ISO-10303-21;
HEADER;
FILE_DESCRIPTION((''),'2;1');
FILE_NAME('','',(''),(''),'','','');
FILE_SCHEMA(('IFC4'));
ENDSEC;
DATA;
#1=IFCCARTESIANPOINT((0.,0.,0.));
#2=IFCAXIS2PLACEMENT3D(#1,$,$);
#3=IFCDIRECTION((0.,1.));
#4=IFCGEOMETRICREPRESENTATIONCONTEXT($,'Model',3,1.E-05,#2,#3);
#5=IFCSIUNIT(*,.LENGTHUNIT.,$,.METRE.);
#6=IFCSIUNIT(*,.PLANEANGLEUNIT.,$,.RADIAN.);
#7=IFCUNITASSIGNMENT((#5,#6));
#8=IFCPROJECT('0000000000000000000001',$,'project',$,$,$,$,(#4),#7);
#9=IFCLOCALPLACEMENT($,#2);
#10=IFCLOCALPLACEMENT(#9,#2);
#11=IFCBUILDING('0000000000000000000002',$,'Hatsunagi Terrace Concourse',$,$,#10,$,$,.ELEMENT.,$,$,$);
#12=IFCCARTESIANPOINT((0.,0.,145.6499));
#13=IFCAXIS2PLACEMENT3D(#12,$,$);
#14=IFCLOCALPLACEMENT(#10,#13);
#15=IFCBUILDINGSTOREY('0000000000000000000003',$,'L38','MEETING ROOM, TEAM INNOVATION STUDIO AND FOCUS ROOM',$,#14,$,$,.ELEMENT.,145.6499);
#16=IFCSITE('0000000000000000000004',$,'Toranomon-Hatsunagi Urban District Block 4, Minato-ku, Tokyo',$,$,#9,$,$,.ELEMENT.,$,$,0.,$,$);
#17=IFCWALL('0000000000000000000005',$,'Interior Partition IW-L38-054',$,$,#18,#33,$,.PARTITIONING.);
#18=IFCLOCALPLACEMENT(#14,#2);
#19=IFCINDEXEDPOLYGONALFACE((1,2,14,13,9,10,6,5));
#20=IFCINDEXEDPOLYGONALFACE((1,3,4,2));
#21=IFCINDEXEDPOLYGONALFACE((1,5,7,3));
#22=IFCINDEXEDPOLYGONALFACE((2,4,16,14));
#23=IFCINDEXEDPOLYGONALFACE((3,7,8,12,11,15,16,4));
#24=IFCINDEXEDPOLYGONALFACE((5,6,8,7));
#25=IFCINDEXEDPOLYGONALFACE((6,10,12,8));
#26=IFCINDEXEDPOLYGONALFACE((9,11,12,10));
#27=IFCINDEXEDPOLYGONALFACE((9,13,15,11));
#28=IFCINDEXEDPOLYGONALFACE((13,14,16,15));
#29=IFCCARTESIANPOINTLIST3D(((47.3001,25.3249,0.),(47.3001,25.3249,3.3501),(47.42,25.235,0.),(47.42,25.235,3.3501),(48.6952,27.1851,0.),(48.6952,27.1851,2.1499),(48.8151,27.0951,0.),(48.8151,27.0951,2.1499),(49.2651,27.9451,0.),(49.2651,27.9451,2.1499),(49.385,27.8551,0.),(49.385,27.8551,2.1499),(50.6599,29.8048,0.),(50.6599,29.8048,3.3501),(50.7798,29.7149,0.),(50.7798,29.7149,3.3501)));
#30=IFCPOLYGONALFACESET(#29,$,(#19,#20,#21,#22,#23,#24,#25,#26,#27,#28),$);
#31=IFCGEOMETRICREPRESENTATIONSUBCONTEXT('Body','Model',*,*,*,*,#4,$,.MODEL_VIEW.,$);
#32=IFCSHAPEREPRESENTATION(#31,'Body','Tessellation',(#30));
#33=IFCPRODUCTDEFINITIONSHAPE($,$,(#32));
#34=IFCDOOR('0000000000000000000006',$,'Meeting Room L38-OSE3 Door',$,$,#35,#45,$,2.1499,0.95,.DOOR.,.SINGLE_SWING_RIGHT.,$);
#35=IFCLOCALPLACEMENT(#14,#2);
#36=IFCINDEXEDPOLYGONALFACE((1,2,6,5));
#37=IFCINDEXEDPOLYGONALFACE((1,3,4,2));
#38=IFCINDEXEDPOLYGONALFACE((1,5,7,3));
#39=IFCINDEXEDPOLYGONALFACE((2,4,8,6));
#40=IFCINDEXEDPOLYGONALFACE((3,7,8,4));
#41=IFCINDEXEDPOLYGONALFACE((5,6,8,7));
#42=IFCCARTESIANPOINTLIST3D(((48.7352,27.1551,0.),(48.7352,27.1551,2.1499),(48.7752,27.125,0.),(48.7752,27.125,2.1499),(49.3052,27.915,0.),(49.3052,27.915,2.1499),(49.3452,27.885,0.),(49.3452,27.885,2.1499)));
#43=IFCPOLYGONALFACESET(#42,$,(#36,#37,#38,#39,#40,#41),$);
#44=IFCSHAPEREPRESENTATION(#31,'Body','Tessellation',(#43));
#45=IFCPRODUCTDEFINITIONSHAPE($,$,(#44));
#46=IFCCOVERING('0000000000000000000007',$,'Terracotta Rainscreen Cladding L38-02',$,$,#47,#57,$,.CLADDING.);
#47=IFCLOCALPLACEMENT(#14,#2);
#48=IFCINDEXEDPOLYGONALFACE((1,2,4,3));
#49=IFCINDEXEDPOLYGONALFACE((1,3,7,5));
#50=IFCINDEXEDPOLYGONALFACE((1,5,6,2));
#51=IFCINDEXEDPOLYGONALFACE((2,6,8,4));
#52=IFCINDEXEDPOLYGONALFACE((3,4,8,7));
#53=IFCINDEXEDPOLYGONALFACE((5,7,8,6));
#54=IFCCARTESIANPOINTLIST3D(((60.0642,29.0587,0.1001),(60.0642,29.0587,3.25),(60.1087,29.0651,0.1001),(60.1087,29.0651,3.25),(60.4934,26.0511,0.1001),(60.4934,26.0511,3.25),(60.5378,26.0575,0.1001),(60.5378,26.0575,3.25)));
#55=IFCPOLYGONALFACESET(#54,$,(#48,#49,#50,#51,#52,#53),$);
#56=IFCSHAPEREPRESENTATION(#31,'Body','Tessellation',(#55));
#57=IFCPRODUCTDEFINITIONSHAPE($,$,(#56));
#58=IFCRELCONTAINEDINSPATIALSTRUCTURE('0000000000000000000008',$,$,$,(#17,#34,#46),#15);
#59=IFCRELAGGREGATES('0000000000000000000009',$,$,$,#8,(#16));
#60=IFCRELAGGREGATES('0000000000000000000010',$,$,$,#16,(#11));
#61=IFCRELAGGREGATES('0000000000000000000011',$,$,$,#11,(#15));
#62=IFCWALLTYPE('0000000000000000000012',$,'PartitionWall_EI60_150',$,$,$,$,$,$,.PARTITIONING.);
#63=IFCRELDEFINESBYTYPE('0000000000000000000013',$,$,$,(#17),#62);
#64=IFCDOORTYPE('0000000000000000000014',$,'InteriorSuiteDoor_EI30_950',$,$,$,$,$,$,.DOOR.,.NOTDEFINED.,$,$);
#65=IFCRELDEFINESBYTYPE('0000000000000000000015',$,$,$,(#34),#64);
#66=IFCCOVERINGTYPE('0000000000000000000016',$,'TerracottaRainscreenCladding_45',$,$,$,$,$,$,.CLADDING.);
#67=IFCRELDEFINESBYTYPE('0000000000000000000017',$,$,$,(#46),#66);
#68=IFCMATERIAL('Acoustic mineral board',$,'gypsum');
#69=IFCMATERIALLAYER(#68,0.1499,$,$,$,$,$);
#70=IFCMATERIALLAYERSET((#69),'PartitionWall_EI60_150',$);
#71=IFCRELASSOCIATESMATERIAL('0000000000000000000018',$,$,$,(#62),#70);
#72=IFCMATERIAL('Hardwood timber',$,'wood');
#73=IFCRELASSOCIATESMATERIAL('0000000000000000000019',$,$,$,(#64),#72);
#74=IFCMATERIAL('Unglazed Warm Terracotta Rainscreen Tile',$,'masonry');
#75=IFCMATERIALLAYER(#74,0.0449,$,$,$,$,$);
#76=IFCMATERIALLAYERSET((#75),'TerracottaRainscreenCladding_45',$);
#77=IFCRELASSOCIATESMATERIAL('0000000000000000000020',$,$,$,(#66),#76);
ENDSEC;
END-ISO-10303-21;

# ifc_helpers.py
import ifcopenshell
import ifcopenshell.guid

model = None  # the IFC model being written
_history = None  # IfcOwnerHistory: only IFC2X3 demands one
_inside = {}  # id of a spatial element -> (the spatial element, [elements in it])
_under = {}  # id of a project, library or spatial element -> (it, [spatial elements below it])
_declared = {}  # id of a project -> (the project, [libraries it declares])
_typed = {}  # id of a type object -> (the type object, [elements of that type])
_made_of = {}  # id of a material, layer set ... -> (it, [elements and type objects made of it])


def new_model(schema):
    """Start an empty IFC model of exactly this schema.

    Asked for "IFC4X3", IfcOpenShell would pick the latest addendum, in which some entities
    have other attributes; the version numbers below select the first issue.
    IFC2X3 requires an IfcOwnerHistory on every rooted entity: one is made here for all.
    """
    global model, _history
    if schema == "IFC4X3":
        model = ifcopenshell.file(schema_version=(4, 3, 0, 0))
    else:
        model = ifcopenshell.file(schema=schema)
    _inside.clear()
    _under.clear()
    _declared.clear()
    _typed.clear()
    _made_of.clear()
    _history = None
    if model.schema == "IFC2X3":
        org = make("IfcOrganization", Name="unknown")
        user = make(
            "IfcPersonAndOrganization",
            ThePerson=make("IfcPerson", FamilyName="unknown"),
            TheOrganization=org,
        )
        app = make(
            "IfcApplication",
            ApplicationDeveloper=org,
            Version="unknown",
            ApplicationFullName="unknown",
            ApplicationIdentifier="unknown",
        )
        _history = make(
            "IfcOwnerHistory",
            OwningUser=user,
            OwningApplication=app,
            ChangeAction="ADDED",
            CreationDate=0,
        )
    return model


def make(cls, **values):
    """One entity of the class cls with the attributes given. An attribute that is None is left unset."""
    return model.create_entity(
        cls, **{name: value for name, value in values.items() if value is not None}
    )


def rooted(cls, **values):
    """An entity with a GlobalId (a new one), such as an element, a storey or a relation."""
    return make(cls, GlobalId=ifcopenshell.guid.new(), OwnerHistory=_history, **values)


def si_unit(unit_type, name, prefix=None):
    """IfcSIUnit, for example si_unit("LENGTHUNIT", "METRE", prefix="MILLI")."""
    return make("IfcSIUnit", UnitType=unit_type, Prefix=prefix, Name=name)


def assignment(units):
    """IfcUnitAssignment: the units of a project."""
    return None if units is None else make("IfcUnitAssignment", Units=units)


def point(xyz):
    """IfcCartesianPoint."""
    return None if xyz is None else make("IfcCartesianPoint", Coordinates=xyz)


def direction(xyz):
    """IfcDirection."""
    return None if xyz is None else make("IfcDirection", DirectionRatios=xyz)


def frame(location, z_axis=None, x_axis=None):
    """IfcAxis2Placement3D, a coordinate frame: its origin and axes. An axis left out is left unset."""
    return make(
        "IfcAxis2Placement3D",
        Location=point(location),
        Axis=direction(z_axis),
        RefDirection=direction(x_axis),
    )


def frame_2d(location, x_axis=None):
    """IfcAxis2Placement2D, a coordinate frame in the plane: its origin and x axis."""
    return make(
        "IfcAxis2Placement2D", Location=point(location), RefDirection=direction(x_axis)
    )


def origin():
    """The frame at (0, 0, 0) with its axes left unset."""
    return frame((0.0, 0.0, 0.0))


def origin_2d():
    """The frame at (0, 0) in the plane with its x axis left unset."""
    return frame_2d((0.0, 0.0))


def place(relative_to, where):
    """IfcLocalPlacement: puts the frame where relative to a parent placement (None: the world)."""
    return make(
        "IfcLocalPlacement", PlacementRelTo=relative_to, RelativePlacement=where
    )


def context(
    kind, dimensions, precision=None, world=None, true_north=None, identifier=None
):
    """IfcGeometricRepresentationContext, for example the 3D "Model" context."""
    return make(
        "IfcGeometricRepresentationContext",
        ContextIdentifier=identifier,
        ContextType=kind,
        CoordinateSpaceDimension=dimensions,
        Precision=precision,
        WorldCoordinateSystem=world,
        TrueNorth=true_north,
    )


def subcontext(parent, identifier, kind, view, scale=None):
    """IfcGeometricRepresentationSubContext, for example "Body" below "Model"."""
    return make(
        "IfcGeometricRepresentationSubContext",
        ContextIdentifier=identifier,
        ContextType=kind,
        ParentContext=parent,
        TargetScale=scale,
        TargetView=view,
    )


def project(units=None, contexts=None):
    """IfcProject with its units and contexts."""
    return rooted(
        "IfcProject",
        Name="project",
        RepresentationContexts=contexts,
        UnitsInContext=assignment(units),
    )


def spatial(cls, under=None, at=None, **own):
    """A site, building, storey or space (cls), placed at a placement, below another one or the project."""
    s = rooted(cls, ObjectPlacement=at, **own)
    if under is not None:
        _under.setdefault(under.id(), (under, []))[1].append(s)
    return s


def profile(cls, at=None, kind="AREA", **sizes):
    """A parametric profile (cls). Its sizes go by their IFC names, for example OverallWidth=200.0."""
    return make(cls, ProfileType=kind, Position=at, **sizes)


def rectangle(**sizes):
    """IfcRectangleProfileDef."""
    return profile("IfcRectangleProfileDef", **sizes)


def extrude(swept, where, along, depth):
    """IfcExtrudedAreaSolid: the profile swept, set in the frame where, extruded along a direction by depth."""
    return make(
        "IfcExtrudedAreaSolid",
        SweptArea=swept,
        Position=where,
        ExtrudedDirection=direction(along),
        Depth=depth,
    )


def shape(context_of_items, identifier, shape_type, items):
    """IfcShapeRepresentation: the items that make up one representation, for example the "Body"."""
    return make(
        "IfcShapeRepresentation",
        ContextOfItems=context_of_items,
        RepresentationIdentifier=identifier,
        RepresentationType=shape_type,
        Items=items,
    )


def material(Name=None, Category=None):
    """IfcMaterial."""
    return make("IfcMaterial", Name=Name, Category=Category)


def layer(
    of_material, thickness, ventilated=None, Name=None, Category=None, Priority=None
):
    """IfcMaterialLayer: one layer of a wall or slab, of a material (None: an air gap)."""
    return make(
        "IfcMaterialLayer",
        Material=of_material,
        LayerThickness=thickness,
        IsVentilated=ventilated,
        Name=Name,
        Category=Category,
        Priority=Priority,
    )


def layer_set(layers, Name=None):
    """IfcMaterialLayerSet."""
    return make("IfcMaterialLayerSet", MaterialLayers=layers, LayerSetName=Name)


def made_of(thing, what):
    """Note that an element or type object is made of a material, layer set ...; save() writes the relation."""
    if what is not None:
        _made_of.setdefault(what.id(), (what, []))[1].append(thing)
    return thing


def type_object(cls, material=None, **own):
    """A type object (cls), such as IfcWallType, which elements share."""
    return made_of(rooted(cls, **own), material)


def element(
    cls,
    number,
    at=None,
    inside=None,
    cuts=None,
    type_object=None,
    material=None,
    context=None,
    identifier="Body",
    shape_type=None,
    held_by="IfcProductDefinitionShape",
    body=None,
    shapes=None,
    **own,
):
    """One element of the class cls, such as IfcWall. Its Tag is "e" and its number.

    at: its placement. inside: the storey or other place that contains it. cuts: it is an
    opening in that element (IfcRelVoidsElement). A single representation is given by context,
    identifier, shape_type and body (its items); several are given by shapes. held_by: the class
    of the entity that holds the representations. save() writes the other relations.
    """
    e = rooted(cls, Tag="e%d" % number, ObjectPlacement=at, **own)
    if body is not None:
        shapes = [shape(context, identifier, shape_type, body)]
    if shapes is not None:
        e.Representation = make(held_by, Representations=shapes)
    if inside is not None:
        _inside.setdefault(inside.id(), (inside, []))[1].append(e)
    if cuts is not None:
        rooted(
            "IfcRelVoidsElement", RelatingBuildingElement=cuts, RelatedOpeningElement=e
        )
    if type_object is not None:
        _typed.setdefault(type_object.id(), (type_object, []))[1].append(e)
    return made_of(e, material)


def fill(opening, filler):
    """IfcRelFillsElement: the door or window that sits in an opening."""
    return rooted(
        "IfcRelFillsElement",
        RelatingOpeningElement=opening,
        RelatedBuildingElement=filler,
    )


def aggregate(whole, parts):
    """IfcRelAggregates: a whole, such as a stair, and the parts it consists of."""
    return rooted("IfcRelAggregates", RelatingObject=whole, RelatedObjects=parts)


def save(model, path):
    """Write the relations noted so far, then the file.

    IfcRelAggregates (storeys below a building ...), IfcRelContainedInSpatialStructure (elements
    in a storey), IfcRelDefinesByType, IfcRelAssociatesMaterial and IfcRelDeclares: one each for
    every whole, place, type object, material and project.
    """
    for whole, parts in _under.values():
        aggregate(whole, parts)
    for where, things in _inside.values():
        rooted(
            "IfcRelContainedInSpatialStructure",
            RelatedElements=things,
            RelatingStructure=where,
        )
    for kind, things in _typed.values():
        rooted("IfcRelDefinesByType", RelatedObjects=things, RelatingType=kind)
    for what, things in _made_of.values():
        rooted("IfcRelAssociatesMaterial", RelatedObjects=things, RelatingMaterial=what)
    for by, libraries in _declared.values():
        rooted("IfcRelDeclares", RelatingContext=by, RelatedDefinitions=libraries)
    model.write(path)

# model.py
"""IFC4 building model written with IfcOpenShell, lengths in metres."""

from ifc_helpers import new_model, si_unit, direction, frame, frame_2d, origin, origin_2d, place, context, subcontext, project, spatial, rectangle, extrude, material, layer, layer_set, type_object, element, fill, save


model = new_model("IFC4")

# Units and contexts
model_context = context("Model", 3, precision=1e-05, world=origin(), true_north=direction((0.0, 1.0)))
body_context = subcontext(model_context, "Body", "Model", "MODEL_VIEW")
ifc_project = project(units=[si_unit("LENGTHUNIT", "METRE"), si_unit("PLANEANGLEUNIT", "RADIAN")], contexts=[model_context])

# Site, building, storey
site_placement = place(None, origin())
site = spatial("IfcSite", under=ifc_project, at=site_placement, Name="Toranomon-Hatsunagi Urban District Block 4, Minato-ku, Tokyo", CompositionType="ELEMENT", RefElevation=0.0)
building_placement = place(site_placement, origin())
building = spatial("IfcBuilding", under=site, at=building_placement, Name="Hatsunagi Terrace Concourse", CompositionType="ELEMENT")
storey_placement = place(building_placement, frame((0.0, 0.0, 145.6499)))
storey = spatial("IfcBuildingStorey", under=building, at=storey_placement, Name="L38", Description="MEETING ROOM, TEAM INNOVATION STUDIO AND FOCUS ROOM", CompositionType="ELEMENT", Elevation=145.6499)

# Shared definitions
ifc_material_1 = material(Name="Acoustic mineral board", Category="gypsum")
ifc_layer_1 = layer(ifc_material_1, 0.1499)
ifc_layer_set_1 = layer_set([ifc_layer_1], Name="PartitionWall_EI60_150")
wall_type = type_object("IfcWallType", Name="PartitionWall_EI60_150", PredefinedType="PARTITIONING", material=ifc_layer_set_1)

# Wall, opening, door
wall_1_placement = place(storey_placement, frame((47.3601, 25.28, 0.0), z_axis=(0.0, 0.0, 1.0), x_axis=(0.599986, 0.80001, 0.0)))
wall_1 = element("IfcWall", 1, at=wall_1_placement, inside=storey, type_object=wall_type, Name="Interior Partition IW-L38-054", PredefinedType="PARTITIONING", context=body_context, shape_type="SweptSolid", body=[
    extrude(rectangle(XDim=5.5999, YDim=0.1499, at=frame_2d((2.7998, 0.0))), origin(), (0.0, 0.0, 1.0), 3.3501),
])
opening_placement = place(wall_1_placement, frame((2.325, 0.0, 0.0)))
opening = element("IfcOpeningElement", 2, at=opening_placement, cuts=wall_1, PredefinedType="OPENING", context=body_context, shape_type="SweptSolid", body=[
    extrude(rectangle(XDim=0.95, YDim=2.1499, at=frame_2d((0.4751, 1.075))), frame((0.0, 0.085, 0.0), z_axis=(0.0, -1.0, 0.0), x_axis=(1.0, 0.0, 0.0)), (0.0, 0.0, 1.0), 0.1699),
])
ifc_material_2 = material(Name="Hardwood timber", Category="wood")
door_type = type_object("IfcDoorType", Name="InteriorSuiteDoor_EI30_950", OperationType="NOTDEFINED", PredefinedType="DOOR", material=ifc_material_2)
door_placement = place(opening_placement, origin())
door = element("IfcDoor", 3, at=door_placement, inside=storey, type_object=door_type, Name="Meeting Room L38-OSE3 Door", OperationType="SINGLE_SWING_RIGHT", OverallHeight=2.1499, OverallWidth=0.95, PredefinedType="DOOR", context=body_context, shape_type="SweptSolid", body=[
    extrude(rectangle(XDim=0.95, YDim=2.1499, at=frame_2d((0.4751, 1.075))), frame((0.0, 0.0249, 0.0), z_axis=(0.0, -1.0, 0.0), x_axis=(1.0, 0.0, 0.0)), (0.0, 0.0, 1.0), 0.05),
])
fill(opening, door)

# Covering
ifc_material_3 = material(Name="Unglazed Warm Terracotta Rainscreen Tile", Category="masonry")
ifc_layer_2 = layer(ifc_material_3, 0.0449)
ifc_layer_set_2 = layer_set([ifc_layer_2], Name="TerracottaRainscreenCladding_45")
covering_type = type_object("IfcCoveringType", Name="TerracottaRainscreenCladding_45", PredefinedType="CLADDING", material=ifc_layer_set_2)
covering_placement = place(storey_placement, frame((60.301, 27.5581, 0.1001), z_axis=(0.0, 0.0, 1.0), x_axis=(0.14125, -0.989974, 0.0)))
element("IfcCovering", 4, at=covering_placement, inside=storey, type_object=covering_type, Name="Terracotta Rainscreen Cladding L38-02", PredefinedType="CLADDING", context=body_context, shape_type="SweptSolid", body=[
    extrude(rectangle(XDim=3.0381, YDim=0.0449, at=origin_2d()), origin(), (0.0, 0.0, 1.0), 3.1499),
])

save(model, "model.ifc")
